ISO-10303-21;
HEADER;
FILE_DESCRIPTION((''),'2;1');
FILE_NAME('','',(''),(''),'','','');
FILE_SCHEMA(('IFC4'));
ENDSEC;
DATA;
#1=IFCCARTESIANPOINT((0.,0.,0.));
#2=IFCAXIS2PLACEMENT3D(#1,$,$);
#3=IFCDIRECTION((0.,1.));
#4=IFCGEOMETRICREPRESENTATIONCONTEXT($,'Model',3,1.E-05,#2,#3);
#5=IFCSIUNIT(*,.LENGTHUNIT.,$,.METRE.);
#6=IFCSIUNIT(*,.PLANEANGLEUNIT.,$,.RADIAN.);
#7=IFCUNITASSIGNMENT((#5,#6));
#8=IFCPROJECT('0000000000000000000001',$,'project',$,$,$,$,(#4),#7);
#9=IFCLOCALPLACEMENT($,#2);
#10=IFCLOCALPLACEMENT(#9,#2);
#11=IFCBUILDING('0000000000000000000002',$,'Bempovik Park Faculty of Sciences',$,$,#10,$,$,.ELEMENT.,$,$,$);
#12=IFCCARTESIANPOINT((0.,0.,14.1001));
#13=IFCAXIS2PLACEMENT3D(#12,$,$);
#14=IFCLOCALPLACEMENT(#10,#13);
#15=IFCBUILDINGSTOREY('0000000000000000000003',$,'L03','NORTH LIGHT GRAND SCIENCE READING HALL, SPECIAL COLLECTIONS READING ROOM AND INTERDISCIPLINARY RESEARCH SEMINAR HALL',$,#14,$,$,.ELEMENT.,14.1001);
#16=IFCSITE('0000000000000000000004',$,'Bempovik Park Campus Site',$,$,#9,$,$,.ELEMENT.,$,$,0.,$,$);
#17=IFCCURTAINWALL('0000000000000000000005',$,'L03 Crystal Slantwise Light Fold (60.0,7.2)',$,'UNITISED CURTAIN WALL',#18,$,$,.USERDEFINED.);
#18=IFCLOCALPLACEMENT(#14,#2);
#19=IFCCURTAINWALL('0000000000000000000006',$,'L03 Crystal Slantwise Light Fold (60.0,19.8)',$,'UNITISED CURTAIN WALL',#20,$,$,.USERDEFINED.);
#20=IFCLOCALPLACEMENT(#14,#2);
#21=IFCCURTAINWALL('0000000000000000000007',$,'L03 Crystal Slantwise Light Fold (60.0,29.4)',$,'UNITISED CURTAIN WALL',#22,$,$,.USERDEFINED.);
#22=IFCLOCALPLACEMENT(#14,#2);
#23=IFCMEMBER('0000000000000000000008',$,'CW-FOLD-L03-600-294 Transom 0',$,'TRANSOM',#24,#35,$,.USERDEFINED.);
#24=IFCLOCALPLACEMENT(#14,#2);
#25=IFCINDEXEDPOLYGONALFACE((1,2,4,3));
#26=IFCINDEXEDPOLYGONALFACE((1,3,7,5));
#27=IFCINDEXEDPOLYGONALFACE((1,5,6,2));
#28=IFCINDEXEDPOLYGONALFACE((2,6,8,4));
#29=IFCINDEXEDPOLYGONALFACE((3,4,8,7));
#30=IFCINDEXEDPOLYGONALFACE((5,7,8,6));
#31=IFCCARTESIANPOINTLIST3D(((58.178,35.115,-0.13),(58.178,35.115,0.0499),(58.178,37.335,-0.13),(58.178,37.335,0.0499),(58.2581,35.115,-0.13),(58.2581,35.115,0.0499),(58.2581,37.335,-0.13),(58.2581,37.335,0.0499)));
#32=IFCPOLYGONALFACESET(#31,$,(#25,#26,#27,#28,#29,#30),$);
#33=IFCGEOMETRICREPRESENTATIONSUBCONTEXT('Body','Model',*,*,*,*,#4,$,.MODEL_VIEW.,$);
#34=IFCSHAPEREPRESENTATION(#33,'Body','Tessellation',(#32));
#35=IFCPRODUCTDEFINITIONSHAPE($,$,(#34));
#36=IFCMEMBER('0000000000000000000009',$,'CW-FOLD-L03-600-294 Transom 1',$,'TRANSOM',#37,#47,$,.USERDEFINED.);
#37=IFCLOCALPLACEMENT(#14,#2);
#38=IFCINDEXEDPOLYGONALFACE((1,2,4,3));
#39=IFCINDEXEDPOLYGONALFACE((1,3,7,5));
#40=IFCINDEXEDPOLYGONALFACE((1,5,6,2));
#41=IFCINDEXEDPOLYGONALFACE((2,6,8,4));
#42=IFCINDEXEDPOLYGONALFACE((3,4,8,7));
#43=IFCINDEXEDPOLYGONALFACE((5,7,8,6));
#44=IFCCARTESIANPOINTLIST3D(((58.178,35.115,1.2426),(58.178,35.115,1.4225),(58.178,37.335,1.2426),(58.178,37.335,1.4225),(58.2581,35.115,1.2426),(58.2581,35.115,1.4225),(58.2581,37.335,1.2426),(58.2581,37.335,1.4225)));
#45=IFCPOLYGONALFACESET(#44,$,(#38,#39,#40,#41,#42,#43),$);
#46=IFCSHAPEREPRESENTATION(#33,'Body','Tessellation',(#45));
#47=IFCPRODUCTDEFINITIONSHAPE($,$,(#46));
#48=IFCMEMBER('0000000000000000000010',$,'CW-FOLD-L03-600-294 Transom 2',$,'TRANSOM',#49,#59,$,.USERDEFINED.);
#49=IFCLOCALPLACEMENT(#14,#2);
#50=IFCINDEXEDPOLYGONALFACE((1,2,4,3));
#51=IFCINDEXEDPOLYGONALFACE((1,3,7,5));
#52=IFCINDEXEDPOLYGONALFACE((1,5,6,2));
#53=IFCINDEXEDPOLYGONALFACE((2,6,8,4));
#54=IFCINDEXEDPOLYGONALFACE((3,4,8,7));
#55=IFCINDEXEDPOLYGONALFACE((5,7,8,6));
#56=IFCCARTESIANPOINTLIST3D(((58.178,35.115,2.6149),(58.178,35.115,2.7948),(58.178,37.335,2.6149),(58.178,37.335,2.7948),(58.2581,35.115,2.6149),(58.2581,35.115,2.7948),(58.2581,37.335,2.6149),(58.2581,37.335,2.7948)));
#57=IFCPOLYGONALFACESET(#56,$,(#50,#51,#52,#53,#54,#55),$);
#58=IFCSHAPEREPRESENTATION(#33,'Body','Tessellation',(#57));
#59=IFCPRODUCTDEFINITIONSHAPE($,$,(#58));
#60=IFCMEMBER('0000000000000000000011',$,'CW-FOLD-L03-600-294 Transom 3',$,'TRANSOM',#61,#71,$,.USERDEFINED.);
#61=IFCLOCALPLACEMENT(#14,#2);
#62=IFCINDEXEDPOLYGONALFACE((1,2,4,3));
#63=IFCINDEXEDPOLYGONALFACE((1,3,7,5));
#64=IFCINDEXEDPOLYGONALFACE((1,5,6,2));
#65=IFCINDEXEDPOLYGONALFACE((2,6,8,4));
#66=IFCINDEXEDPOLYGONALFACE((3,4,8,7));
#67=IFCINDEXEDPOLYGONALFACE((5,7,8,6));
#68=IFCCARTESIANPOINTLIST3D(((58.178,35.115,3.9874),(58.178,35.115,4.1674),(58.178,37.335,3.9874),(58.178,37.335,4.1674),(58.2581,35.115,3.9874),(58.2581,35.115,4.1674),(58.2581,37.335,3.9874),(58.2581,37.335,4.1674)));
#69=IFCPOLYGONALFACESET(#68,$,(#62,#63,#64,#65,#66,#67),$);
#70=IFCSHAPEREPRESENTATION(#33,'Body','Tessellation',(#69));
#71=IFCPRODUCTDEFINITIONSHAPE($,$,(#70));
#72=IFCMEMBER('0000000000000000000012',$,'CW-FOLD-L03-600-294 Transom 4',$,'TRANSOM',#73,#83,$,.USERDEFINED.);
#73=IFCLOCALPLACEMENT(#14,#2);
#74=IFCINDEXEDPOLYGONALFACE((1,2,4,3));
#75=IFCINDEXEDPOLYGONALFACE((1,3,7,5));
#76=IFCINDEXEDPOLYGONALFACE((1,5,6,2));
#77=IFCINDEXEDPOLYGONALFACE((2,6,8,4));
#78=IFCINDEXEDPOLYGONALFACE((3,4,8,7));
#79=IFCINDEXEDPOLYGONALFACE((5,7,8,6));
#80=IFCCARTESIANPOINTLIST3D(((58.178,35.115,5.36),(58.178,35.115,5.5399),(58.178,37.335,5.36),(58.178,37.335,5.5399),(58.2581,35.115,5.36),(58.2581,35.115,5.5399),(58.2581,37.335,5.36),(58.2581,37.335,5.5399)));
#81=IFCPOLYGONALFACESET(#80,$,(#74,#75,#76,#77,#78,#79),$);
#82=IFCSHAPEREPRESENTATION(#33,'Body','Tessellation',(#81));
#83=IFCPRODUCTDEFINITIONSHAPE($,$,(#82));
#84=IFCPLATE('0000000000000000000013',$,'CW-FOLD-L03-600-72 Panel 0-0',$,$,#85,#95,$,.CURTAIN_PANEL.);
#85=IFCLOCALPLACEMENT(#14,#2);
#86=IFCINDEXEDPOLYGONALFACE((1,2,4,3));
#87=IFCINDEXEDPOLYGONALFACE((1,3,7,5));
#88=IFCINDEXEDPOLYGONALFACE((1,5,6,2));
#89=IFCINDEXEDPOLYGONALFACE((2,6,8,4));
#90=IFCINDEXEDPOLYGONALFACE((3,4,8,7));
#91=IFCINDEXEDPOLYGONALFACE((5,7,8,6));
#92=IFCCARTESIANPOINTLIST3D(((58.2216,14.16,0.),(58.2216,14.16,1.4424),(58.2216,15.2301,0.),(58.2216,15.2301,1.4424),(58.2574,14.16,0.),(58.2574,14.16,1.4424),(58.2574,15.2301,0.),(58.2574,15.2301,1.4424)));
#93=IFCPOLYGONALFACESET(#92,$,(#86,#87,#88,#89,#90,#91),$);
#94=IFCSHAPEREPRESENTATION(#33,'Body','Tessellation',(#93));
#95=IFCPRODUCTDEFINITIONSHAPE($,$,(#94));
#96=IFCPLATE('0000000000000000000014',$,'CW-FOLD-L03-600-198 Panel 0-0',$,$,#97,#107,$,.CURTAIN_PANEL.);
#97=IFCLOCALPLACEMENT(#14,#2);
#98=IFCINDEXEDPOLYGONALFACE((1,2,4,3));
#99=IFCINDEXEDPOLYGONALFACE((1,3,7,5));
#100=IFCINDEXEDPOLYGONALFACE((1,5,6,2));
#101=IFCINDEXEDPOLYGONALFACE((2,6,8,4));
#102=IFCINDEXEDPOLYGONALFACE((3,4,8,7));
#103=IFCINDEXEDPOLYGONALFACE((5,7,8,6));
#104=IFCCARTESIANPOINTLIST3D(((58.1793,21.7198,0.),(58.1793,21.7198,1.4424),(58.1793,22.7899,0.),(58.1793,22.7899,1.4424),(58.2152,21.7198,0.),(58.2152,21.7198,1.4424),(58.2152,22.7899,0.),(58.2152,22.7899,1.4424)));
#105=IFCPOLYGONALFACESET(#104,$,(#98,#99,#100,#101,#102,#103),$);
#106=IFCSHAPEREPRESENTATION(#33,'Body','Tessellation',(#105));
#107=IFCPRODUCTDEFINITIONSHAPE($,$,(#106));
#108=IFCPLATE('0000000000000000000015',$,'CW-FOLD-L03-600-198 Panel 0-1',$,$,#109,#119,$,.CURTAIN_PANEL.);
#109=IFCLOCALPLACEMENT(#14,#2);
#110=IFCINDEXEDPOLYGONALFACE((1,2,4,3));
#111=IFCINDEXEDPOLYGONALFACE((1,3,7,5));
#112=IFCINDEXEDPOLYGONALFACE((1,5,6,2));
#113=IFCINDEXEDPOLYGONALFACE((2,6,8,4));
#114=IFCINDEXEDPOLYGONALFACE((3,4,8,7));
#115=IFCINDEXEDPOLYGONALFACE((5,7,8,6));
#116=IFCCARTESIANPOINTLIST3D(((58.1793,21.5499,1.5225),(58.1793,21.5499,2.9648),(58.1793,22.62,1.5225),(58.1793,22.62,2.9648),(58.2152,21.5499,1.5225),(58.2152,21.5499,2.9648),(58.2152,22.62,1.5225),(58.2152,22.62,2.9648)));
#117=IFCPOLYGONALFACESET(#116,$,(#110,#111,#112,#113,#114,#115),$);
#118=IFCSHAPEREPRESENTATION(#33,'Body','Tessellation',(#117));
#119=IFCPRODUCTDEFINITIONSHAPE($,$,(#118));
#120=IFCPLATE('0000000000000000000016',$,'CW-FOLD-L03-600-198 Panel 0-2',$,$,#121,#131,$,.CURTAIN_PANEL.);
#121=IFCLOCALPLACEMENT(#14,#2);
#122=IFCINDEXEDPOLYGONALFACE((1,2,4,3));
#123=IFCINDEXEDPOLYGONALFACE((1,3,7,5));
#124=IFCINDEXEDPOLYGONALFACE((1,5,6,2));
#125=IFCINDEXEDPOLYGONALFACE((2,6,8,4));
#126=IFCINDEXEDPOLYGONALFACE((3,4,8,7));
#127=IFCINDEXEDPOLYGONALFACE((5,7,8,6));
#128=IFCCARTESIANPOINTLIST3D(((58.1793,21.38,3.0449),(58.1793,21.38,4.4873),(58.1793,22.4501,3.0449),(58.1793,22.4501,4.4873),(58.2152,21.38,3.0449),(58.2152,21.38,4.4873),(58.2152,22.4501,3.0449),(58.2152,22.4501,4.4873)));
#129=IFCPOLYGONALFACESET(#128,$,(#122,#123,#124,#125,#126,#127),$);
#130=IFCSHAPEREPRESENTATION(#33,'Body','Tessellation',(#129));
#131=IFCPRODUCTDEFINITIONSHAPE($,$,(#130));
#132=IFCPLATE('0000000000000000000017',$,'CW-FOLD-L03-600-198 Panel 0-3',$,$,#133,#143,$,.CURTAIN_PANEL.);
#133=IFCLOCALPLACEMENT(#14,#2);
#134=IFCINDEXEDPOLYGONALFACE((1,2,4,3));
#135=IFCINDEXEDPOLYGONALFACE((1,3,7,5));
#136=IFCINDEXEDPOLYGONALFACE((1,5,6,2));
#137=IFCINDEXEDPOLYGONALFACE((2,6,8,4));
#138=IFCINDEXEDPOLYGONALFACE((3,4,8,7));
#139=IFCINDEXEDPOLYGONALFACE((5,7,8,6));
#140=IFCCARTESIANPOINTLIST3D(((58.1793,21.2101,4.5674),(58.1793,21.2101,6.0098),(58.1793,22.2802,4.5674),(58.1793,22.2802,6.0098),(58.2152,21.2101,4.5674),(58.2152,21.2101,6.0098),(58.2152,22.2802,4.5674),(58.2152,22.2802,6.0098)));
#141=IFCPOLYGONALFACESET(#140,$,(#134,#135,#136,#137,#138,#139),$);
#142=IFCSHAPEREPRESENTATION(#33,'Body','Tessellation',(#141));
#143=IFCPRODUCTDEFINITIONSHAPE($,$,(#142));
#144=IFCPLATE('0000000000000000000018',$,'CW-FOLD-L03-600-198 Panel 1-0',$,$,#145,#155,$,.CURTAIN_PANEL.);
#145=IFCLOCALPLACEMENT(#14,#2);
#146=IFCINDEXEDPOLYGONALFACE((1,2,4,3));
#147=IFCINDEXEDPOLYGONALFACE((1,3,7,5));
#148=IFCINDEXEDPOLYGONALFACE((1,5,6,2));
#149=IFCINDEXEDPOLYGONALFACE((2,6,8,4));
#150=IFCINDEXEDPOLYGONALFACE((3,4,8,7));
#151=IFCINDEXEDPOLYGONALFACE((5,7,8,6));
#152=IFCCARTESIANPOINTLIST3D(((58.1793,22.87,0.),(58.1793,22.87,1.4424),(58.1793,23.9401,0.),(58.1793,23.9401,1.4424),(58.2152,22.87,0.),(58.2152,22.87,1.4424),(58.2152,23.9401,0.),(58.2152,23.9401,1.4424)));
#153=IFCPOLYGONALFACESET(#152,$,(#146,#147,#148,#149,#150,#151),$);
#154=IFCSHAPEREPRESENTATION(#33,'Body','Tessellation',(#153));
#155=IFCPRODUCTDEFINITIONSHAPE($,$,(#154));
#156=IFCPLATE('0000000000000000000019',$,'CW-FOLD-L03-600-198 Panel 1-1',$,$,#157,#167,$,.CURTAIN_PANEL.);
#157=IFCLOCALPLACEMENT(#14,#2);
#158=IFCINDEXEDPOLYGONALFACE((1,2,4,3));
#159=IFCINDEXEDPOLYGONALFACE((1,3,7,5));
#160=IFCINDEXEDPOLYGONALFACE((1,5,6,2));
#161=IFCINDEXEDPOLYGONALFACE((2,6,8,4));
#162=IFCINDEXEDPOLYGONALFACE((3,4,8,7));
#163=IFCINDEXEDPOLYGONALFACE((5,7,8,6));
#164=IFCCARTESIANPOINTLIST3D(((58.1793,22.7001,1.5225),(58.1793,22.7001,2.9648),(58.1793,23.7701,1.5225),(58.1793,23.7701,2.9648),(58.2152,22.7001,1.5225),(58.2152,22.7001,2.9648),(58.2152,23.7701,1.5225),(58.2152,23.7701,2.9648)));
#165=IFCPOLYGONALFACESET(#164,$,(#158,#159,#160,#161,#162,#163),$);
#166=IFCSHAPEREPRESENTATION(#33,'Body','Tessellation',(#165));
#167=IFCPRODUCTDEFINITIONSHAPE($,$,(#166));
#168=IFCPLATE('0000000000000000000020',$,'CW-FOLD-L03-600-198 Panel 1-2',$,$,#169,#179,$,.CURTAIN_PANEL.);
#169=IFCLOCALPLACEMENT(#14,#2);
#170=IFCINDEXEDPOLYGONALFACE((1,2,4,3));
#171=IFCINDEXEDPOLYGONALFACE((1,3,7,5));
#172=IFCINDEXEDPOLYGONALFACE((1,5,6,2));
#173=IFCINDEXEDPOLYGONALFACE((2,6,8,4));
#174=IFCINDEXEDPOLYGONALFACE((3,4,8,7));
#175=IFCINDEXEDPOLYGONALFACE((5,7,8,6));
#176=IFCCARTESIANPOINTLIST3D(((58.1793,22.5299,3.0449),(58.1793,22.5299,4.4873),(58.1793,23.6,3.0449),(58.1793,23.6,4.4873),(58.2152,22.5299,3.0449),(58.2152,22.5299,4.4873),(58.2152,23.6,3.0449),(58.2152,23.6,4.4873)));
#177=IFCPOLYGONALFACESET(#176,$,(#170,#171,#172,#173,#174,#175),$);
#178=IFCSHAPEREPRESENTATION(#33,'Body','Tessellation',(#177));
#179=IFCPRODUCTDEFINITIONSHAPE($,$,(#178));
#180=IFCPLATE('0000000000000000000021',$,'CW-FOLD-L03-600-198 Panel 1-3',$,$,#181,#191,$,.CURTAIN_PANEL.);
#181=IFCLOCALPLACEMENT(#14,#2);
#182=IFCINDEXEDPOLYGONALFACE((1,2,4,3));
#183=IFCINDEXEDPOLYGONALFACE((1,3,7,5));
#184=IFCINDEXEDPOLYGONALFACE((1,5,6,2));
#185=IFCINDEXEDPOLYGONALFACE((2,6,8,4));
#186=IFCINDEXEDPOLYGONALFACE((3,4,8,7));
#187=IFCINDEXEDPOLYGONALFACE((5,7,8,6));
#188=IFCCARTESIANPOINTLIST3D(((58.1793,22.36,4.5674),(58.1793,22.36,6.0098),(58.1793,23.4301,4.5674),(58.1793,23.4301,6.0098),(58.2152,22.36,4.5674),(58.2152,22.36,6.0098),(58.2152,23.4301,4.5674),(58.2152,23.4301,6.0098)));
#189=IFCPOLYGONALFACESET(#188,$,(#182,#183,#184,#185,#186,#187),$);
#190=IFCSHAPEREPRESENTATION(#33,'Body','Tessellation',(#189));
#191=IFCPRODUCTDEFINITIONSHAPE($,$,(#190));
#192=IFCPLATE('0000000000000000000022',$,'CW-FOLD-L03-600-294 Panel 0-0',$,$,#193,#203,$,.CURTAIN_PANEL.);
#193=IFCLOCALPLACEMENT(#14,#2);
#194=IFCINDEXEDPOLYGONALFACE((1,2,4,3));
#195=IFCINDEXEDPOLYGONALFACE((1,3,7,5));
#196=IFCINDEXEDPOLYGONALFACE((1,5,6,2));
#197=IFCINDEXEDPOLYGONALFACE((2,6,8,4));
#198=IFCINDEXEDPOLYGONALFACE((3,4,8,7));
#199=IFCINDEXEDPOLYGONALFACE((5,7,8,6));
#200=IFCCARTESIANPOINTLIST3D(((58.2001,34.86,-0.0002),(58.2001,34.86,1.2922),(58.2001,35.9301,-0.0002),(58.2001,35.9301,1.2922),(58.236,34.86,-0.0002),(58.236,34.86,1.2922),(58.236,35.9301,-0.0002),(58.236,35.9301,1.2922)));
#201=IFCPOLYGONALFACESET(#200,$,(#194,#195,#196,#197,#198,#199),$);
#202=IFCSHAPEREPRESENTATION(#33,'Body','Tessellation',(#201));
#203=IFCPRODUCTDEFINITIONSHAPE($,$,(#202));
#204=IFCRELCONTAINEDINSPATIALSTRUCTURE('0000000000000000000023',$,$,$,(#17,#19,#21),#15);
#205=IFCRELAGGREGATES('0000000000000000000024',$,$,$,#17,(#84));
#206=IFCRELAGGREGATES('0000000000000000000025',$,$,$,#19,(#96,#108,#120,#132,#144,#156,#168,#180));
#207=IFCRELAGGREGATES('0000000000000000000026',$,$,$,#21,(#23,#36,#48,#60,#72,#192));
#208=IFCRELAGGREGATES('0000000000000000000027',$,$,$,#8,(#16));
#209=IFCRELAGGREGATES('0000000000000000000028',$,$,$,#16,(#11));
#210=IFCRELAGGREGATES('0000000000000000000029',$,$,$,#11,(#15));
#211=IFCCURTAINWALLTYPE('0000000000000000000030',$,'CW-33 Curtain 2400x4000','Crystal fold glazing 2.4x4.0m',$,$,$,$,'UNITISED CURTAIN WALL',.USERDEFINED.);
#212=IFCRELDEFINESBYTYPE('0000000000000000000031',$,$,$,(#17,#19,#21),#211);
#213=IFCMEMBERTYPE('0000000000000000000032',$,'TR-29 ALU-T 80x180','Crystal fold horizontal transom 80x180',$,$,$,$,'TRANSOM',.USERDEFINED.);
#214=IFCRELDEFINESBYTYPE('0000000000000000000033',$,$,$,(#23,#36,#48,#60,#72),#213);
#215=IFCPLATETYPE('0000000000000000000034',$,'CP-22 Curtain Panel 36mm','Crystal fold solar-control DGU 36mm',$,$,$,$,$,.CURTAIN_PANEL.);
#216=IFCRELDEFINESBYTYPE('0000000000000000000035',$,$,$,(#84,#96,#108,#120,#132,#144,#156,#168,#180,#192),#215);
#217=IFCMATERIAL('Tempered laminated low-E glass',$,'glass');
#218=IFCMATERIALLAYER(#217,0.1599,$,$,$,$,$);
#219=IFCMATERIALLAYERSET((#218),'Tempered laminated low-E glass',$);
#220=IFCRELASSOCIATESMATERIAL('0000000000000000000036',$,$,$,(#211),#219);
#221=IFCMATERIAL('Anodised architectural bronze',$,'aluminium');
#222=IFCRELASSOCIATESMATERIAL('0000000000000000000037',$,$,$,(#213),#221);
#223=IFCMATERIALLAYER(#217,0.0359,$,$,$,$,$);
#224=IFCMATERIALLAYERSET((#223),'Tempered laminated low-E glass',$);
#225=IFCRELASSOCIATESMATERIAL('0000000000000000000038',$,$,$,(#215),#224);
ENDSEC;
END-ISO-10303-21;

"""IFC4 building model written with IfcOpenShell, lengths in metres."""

from ifc_helpers import new_model, si_unit, direction, frame, origin, origin_2d, place, context, subcontext, project, spatial, rectangle, extrude, material, layer, layer_set, material_profile, profile_set, type_object, element, aggregate, save


model = new_model("IFC4")

# Units and contexts
model_context = context("Model", 3, precision=1e-05, world=origin(), true_north=direction((0.0, 1.0)))
body_context = subcontext(model_context, "Body", "Model", "MODEL_VIEW")
ifc_project = project(units=[si_unit("LENGTHUNIT", "METRE"), si_unit("PLANEANGLEUNIT", "RADIAN")], contexts=[model_context])

# Site, building, storey
site_placement = place(None, origin())
site = spatial("IfcSite", under=ifc_project, at=site_placement, Name="Bempovik Park Campus Site", CompositionType="ELEMENT", RefElevation=0.0)
building_placement = place(site_placement, origin())
building = spatial("IfcBuilding", under=site, at=building_placement, Name="Bempovik Park Faculty of Sciences", CompositionType="ELEMENT")
storey_placement = place(building_placement, frame((0.0, 0.0, 14.1001)))
storey = spatial("IfcBuildingStorey", under=building, at=storey_placement, Name="L03", Description="NORTH LIGHT GRAND SCIENCE READING HALL, SPECIAL COLLECTIONS READING ROOM AND INTERDISCIPLINARY RESEARCH SEMINAR HALL", CompositionType="ELEMENT", Elevation=14.1001)

# Curtain wall
ifc_material_1 = material(Name="Tempered laminated low-E glass", Category="glass")
ifc_layer_1 = layer(ifc_material_1, 0.1599)
ifc_layer_set_1 = layer_set([ifc_layer_1], Name="Tempered laminated low-E glass")
curtain_wall_type = type_object("IfcCurtainWallType", Name="CW-33 Curtain 2400x4000", Description="Crystal fold glazing 2.4x4.0m", ElementType="UNITISED CURTAIN WALL", PredefinedType="USERDEFINED", material=ifc_layer_set_1)
curtain_wall_1_placement = place(storey_placement, origin())
curtain_wall_1 = element("IfcCurtainWall", 1, at=curtain_wall_1_placement, inside=storey, type_object=curtain_wall_type, Name="L03 Crystal Slantwise Light Fold (60.0,7.2)", ObjectType="UNITISED CURTAIN WALL", PredefinedType="USERDEFINED")
ifc_material_2 = material(Name="Anodised architectural bronze", Category="aluminium")

# Curtain wall
curtain_wall_2_placement = place(storey_placement, origin())
curtain_wall_2 = element("IfcCurtainWall", 2, at=curtain_wall_2_placement, inside=storey, type_object=curtain_wall_type, Name="L03 Crystal Slantwise Light Fold (60.0,19.8)", ObjectType="UNITISED CURTAIN WALL", PredefinedType="USERDEFINED")

# Curtain wall
curtain_wall_3_placement = place(storey_placement, origin())
curtain_wall_3 = element("IfcCurtainWall", 3, at=curtain_wall_3_placement, inside=storey, type_object=curtain_wall_type, Name="L03 Crystal Slantwise Light Fold (60.0,29.4)", ObjectType="UNITISED CURTAIN WALL", PredefinedType="USERDEFINED")

# Members
ifc_material_profile_1 = material_profile(ifc_material_2, rectangle(XDim=0.0801, YDim=0.1799, at=origin_2d()), Name="ALU-T 80x180")
ifc_profile_set_1 = profile_set([ifc_material_profile_1], Name="Anodised architectural bronze")
member_type_1 = type_object("IfcMemberType", Name="TR-29 ALU-T 80x180", Description="Crystal fold horizontal transom 80x180", ElementType="TRANSOM", PredefinedType="USERDEFINED", material=ifc_profile_set_1)
member_1_placement = place(storey_placement, frame((58.218, 35.115, -0.04), z_axis=(0.0, 1.0, 0.0), x_axis=(-1.0, 0.0, 0.0)))
member_1 = element("IfcMember", 4, at=member_1_placement, type_object=member_type_1, Name="CW-FOLD-L03-600-294 Transom 0", ObjectType="TRANSOM", PredefinedType="USERDEFINED", context=body_context, shape_type="SweptSolid", body=[
    extrude(rectangle(XDim=0.0801, YDim=0.1799, at=origin_2d()), origin(), (0.0, 0.0, 1.0), 2.22),
])
member_2_placement = place(storey_placement, frame((58.218, 35.115, 1.3325), z_axis=(0.0, 1.0, 0.0), x_axis=(-1.0, 0.0, 0.0)))
member_2 = element("IfcMember", 5, at=member_2_placement, type_object=member_type_1, Name="CW-FOLD-L03-600-294 Transom 1", ObjectType="TRANSOM", PredefinedType="USERDEFINED", context=body_context, shape_type="SweptSolid", body=[
    extrude(rectangle(XDim=0.0801, YDim=0.1799, at=origin_2d()), origin(), (0.0, 0.0, 1.0), 2.22),
])
member_3_placement = place(storey_placement, frame((58.218, 35.115, 2.7048), z_axis=(0.0, 1.0, 0.0), x_axis=(-1.0, 0.0, 0.0)))
member_3 = element("IfcMember", 6, at=member_3_placement, type_object=member_type_1, Name="CW-FOLD-L03-600-294 Transom 2", ObjectType="TRANSOM", PredefinedType="USERDEFINED", context=body_context, shape_type="SweptSolid", body=[
    extrude(rectangle(XDim=0.0801, YDim=0.1799, at=origin_2d()), origin(), (0.0, 0.0, 1.0), 2.22),
])
member_4_placement = place(storey_placement, frame((58.218, 35.115, 4.0774), z_axis=(0.0, 1.0, 0.0), x_axis=(-1.0, 0.0, 0.0)))
member_4 = element("IfcMember", 7, at=member_4_placement, type_object=member_type_1, Name="CW-FOLD-L03-600-294 Transom 3", ObjectType="TRANSOM", PredefinedType="USERDEFINED", context=body_context, shape_type="SweptSolid", body=[
    extrude(rectangle(XDim=0.0801, YDim=0.1799, at=origin_2d()), origin(), (0.0, 0.0, 1.0), 2.22),
])
member_5_placement = place(storey_placement, frame((58.218, 35.115, 5.45), z_axis=(0.0, 1.0, 0.0), x_axis=(-1.0, 0.0, 0.0)))
member_5 = element("IfcMember", 8, at=member_5_placement, type_object=member_type_1, Name="CW-FOLD-L03-600-294 Transom 4", ObjectType="TRANSOM", PredefinedType="USERDEFINED", context=body_context, shape_type="SweptSolid", body=[
    extrude(rectangle(XDim=0.0801, YDim=0.1799, at=origin_2d()), origin(), (0.0, 0.0, 1.0), 2.22),
])

# Plates
ifc_layer_2 = layer(ifc_material_1, 0.0359)
ifc_layer_set_2 = layer_set([ifc_layer_2], Name="Tempered laminated low-E glass")
plate_type = type_object("IfcPlateType", Name="CP-22 Curtain Panel 36mm", Description="Crystal fold solar-control DGU 36mm", PredefinedType="CURTAIN_PANEL", material=ifc_layer_set_2)
plate_1_placement = place(storey_placement, frame((58.2395, 14.6951, 0.0), z_axis=(0.0, 0.0, 1.0), x_axis=(0.0, 1.0, 0.0)))
plate_1 = element("IfcPlate", 9, at=plate_1_placement, type_object=plate_type, Name="CW-FOLD-L03-600-72 Panel 0-0", PredefinedType="CURTAIN_PANEL", context=body_context, shape_type="SweptSolid", body=[
    extrude(rectangle(XDim=1.0701, YDim=0.0359, at=origin_2d()), origin(), (0.0, 0.0, 1.0), 1.4424),
])
aggregate(curtain_wall_1, [plate_1])
plate_2_placement = place(storey_placement, frame((58.1973, 22.2549, 0.0), z_axis=(0.0, 0.0, 1.0), x_axis=(0.0, 1.0, 0.0)))
plate_2 = element("IfcPlate", 10, at=plate_2_placement, type_object=plate_type, Name="CW-FOLD-L03-600-198 Panel 0-0", PredefinedType="CURTAIN_PANEL", context=body_context, shape_type="SweptSolid", body=[
    extrude(rectangle(XDim=1.0701, YDim=0.0359, at=origin_2d()), origin(), (0.0, 0.0, 1.0), 1.4424),
])
plate_3_placement = place(storey_placement, frame((58.1973, 22.085, 1.5225), z_axis=(0.0, 0.0, 1.0), x_axis=(0.0, 1.0, 0.0)))
plate_3 = element("IfcPlate", 11, at=plate_3_placement, type_object=plate_type, Name="CW-FOLD-L03-600-198 Panel 0-1", PredefinedType="CURTAIN_PANEL", context=body_context, shape_type="SweptSolid", body=[
    extrude(rectangle(XDim=1.0701, YDim=0.0359, at=origin_2d()), origin(), (0.0, 0.0, 1.0), 1.4424),
])
plate_4_placement = place(storey_placement, frame((58.1973, 21.915, 3.0449), z_axis=(0.0, 0.0, 1.0), x_axis=(0.0, 1.0, 0.0)))
plate_4 = element("IfcPlate", 12, at=plate_4_placement, type_object=plate_type, Name="CW-FOLD-L03-600-198 Panel 0-2", PredefinedType="CURTAIN_PANEL", context=body_context, shape_type="SweptSolid", body=[
    extrude(rectangle(XDim=1.0701, YDim=0.0359, at=origin_2d()), origin(), (0.0, 0.0, 1.0), 1.4424),
])
plate_5_placement = place(storey_placement, frame((58.1973, 21.7451, 4.5674), z_axis=(0.0, 0.0, 1.0), x_axis=(0.0, 1.0, 0.0)))
plate_5 = element("IfcPlate", 13, at=plate_5_placement, type_object=plate_type, Name="CW-FOLD-L03-600-198 Panel 0-3", PredefinedType="CURTAIN_PANEL", context=body_context, shape_type="SweptSolid", body=[
    extrude(rectangle(XDim=1.0701, YDim=0.0359, at=origin_2d()), origin(), (0.0, 0.0, 1.0), 1.4424),
])
plate_6_placement = place(storey_placement, frame((58.1973, 23.405, 0.0), z_axis=(0.0, 0.0, 1.0), x_axis=(0.0, 1.0, 0.0)))
plate_6 = element("IfcPlate", 14, at=plate_6_placement, type_object=plate_type, Name="CW-FOLD-L03-600-198 Panel 1-0", PredefinedType="CURTAIN_PANEL", context=body_context, shape_type="SweptSolid", body=[
    extrude(rectangle(XDim=1.0701, YDim=0.0359, at=origin_2d()), origin(), (0.0, 0.0, 1.0), 1.4424),
])
plate_7_placement = place(storey_placement, frame((58.1973, 23.2351, 1.5225), z_axis=(0.0, 0.0, 1.0), x_axis=(0.0, 1.0, 0.0)))
plate_7 = element("IfcPlate", 15, at=plate_7_placement, type_object=plate_type, Name="CW-FOLD-L03-600-198 Panel 1-1", PredefinedType="CURTAIN_PANEL", context=body_context, shape_type="SweptSolid", body=[
    extrude(rectangle(XDim=1.0701, YDim=0.0359, at=origin_2d()), origin(), (0.0, 0.0, 1.0), 1.4424),
])
plate_8_placement = place(storey_placement, frame((58.1973, 23.0649, 3.0449), z_axis=(0.0, 0.0, 1.0), x_axis=(0.0, 1.0, 0.0)))
plate_8 = element("IfcPlate", 16, at=plate_8_placement, type_object=plate_type, Name="CW-FOLD-L03-600-198 Panel 1-2", PredefinedType="CURTAIN_PANEL", context=body_context, shape_type="SweptSolid", body=[
    extrude(rectangle(XDim=1.0701, YDim=0.0359, at=origin_2d()), origin(), (0.0, 0.0, 1.0), 1.4424),
])
plate_9_placement = place(storey_placement, frame((58.1973, 22.895, 4.5674), z_axis=(0.0, 0.0, 1.0), x_axis=(0.0, 1.0, 0.0)))
plate_9 = element("IfcPlate", 17, at=plate_9_placement, type_object=plate_type, Name="CW-FOLD-L03-600-198 Panel 1-3", PredefinedType="CURTAIN_PANEL", context=body_context, shape_type="SweptSolid", body=[
    extrude(rectangle(XDim=1.0701, YDim=0.0359, at=origin_2d()), origin(), (0.0, 0.0, 1.0), 1.4424),
])
aggregate(curtain_wall_2, [plate_2, plate_3, plate_4, plate_5, plate_6, plate_7, plate_8, plate_9])
plate_10_placement = place(storey_placement, frame((58.218, 35.395, -0.0002), z_axis=(0.0, 0.0, 1.0), x_axis=(0.0, 1.0, 0.0)))
plate_10 = element("IfcPlate", 18, at=plate_10_placement, type_object=plate_type, Name="CW-FOLD-L03-600-294 Panel 0-0", PredefinedType="CURTAIN_PANEL", context=body_context, shape_type="SweptSolid", body=[
    extrude(rectangle(XDim=1.0701, YDim=0.0359, at=origin_2d()), origin(), (0.0, 0.0, 1.0), 1.2925),
])
aggregate(curtain_wall_3, [member_1, member_2, member_3, member_4, member_5, plate_10])

save(model, "model.ifc")
